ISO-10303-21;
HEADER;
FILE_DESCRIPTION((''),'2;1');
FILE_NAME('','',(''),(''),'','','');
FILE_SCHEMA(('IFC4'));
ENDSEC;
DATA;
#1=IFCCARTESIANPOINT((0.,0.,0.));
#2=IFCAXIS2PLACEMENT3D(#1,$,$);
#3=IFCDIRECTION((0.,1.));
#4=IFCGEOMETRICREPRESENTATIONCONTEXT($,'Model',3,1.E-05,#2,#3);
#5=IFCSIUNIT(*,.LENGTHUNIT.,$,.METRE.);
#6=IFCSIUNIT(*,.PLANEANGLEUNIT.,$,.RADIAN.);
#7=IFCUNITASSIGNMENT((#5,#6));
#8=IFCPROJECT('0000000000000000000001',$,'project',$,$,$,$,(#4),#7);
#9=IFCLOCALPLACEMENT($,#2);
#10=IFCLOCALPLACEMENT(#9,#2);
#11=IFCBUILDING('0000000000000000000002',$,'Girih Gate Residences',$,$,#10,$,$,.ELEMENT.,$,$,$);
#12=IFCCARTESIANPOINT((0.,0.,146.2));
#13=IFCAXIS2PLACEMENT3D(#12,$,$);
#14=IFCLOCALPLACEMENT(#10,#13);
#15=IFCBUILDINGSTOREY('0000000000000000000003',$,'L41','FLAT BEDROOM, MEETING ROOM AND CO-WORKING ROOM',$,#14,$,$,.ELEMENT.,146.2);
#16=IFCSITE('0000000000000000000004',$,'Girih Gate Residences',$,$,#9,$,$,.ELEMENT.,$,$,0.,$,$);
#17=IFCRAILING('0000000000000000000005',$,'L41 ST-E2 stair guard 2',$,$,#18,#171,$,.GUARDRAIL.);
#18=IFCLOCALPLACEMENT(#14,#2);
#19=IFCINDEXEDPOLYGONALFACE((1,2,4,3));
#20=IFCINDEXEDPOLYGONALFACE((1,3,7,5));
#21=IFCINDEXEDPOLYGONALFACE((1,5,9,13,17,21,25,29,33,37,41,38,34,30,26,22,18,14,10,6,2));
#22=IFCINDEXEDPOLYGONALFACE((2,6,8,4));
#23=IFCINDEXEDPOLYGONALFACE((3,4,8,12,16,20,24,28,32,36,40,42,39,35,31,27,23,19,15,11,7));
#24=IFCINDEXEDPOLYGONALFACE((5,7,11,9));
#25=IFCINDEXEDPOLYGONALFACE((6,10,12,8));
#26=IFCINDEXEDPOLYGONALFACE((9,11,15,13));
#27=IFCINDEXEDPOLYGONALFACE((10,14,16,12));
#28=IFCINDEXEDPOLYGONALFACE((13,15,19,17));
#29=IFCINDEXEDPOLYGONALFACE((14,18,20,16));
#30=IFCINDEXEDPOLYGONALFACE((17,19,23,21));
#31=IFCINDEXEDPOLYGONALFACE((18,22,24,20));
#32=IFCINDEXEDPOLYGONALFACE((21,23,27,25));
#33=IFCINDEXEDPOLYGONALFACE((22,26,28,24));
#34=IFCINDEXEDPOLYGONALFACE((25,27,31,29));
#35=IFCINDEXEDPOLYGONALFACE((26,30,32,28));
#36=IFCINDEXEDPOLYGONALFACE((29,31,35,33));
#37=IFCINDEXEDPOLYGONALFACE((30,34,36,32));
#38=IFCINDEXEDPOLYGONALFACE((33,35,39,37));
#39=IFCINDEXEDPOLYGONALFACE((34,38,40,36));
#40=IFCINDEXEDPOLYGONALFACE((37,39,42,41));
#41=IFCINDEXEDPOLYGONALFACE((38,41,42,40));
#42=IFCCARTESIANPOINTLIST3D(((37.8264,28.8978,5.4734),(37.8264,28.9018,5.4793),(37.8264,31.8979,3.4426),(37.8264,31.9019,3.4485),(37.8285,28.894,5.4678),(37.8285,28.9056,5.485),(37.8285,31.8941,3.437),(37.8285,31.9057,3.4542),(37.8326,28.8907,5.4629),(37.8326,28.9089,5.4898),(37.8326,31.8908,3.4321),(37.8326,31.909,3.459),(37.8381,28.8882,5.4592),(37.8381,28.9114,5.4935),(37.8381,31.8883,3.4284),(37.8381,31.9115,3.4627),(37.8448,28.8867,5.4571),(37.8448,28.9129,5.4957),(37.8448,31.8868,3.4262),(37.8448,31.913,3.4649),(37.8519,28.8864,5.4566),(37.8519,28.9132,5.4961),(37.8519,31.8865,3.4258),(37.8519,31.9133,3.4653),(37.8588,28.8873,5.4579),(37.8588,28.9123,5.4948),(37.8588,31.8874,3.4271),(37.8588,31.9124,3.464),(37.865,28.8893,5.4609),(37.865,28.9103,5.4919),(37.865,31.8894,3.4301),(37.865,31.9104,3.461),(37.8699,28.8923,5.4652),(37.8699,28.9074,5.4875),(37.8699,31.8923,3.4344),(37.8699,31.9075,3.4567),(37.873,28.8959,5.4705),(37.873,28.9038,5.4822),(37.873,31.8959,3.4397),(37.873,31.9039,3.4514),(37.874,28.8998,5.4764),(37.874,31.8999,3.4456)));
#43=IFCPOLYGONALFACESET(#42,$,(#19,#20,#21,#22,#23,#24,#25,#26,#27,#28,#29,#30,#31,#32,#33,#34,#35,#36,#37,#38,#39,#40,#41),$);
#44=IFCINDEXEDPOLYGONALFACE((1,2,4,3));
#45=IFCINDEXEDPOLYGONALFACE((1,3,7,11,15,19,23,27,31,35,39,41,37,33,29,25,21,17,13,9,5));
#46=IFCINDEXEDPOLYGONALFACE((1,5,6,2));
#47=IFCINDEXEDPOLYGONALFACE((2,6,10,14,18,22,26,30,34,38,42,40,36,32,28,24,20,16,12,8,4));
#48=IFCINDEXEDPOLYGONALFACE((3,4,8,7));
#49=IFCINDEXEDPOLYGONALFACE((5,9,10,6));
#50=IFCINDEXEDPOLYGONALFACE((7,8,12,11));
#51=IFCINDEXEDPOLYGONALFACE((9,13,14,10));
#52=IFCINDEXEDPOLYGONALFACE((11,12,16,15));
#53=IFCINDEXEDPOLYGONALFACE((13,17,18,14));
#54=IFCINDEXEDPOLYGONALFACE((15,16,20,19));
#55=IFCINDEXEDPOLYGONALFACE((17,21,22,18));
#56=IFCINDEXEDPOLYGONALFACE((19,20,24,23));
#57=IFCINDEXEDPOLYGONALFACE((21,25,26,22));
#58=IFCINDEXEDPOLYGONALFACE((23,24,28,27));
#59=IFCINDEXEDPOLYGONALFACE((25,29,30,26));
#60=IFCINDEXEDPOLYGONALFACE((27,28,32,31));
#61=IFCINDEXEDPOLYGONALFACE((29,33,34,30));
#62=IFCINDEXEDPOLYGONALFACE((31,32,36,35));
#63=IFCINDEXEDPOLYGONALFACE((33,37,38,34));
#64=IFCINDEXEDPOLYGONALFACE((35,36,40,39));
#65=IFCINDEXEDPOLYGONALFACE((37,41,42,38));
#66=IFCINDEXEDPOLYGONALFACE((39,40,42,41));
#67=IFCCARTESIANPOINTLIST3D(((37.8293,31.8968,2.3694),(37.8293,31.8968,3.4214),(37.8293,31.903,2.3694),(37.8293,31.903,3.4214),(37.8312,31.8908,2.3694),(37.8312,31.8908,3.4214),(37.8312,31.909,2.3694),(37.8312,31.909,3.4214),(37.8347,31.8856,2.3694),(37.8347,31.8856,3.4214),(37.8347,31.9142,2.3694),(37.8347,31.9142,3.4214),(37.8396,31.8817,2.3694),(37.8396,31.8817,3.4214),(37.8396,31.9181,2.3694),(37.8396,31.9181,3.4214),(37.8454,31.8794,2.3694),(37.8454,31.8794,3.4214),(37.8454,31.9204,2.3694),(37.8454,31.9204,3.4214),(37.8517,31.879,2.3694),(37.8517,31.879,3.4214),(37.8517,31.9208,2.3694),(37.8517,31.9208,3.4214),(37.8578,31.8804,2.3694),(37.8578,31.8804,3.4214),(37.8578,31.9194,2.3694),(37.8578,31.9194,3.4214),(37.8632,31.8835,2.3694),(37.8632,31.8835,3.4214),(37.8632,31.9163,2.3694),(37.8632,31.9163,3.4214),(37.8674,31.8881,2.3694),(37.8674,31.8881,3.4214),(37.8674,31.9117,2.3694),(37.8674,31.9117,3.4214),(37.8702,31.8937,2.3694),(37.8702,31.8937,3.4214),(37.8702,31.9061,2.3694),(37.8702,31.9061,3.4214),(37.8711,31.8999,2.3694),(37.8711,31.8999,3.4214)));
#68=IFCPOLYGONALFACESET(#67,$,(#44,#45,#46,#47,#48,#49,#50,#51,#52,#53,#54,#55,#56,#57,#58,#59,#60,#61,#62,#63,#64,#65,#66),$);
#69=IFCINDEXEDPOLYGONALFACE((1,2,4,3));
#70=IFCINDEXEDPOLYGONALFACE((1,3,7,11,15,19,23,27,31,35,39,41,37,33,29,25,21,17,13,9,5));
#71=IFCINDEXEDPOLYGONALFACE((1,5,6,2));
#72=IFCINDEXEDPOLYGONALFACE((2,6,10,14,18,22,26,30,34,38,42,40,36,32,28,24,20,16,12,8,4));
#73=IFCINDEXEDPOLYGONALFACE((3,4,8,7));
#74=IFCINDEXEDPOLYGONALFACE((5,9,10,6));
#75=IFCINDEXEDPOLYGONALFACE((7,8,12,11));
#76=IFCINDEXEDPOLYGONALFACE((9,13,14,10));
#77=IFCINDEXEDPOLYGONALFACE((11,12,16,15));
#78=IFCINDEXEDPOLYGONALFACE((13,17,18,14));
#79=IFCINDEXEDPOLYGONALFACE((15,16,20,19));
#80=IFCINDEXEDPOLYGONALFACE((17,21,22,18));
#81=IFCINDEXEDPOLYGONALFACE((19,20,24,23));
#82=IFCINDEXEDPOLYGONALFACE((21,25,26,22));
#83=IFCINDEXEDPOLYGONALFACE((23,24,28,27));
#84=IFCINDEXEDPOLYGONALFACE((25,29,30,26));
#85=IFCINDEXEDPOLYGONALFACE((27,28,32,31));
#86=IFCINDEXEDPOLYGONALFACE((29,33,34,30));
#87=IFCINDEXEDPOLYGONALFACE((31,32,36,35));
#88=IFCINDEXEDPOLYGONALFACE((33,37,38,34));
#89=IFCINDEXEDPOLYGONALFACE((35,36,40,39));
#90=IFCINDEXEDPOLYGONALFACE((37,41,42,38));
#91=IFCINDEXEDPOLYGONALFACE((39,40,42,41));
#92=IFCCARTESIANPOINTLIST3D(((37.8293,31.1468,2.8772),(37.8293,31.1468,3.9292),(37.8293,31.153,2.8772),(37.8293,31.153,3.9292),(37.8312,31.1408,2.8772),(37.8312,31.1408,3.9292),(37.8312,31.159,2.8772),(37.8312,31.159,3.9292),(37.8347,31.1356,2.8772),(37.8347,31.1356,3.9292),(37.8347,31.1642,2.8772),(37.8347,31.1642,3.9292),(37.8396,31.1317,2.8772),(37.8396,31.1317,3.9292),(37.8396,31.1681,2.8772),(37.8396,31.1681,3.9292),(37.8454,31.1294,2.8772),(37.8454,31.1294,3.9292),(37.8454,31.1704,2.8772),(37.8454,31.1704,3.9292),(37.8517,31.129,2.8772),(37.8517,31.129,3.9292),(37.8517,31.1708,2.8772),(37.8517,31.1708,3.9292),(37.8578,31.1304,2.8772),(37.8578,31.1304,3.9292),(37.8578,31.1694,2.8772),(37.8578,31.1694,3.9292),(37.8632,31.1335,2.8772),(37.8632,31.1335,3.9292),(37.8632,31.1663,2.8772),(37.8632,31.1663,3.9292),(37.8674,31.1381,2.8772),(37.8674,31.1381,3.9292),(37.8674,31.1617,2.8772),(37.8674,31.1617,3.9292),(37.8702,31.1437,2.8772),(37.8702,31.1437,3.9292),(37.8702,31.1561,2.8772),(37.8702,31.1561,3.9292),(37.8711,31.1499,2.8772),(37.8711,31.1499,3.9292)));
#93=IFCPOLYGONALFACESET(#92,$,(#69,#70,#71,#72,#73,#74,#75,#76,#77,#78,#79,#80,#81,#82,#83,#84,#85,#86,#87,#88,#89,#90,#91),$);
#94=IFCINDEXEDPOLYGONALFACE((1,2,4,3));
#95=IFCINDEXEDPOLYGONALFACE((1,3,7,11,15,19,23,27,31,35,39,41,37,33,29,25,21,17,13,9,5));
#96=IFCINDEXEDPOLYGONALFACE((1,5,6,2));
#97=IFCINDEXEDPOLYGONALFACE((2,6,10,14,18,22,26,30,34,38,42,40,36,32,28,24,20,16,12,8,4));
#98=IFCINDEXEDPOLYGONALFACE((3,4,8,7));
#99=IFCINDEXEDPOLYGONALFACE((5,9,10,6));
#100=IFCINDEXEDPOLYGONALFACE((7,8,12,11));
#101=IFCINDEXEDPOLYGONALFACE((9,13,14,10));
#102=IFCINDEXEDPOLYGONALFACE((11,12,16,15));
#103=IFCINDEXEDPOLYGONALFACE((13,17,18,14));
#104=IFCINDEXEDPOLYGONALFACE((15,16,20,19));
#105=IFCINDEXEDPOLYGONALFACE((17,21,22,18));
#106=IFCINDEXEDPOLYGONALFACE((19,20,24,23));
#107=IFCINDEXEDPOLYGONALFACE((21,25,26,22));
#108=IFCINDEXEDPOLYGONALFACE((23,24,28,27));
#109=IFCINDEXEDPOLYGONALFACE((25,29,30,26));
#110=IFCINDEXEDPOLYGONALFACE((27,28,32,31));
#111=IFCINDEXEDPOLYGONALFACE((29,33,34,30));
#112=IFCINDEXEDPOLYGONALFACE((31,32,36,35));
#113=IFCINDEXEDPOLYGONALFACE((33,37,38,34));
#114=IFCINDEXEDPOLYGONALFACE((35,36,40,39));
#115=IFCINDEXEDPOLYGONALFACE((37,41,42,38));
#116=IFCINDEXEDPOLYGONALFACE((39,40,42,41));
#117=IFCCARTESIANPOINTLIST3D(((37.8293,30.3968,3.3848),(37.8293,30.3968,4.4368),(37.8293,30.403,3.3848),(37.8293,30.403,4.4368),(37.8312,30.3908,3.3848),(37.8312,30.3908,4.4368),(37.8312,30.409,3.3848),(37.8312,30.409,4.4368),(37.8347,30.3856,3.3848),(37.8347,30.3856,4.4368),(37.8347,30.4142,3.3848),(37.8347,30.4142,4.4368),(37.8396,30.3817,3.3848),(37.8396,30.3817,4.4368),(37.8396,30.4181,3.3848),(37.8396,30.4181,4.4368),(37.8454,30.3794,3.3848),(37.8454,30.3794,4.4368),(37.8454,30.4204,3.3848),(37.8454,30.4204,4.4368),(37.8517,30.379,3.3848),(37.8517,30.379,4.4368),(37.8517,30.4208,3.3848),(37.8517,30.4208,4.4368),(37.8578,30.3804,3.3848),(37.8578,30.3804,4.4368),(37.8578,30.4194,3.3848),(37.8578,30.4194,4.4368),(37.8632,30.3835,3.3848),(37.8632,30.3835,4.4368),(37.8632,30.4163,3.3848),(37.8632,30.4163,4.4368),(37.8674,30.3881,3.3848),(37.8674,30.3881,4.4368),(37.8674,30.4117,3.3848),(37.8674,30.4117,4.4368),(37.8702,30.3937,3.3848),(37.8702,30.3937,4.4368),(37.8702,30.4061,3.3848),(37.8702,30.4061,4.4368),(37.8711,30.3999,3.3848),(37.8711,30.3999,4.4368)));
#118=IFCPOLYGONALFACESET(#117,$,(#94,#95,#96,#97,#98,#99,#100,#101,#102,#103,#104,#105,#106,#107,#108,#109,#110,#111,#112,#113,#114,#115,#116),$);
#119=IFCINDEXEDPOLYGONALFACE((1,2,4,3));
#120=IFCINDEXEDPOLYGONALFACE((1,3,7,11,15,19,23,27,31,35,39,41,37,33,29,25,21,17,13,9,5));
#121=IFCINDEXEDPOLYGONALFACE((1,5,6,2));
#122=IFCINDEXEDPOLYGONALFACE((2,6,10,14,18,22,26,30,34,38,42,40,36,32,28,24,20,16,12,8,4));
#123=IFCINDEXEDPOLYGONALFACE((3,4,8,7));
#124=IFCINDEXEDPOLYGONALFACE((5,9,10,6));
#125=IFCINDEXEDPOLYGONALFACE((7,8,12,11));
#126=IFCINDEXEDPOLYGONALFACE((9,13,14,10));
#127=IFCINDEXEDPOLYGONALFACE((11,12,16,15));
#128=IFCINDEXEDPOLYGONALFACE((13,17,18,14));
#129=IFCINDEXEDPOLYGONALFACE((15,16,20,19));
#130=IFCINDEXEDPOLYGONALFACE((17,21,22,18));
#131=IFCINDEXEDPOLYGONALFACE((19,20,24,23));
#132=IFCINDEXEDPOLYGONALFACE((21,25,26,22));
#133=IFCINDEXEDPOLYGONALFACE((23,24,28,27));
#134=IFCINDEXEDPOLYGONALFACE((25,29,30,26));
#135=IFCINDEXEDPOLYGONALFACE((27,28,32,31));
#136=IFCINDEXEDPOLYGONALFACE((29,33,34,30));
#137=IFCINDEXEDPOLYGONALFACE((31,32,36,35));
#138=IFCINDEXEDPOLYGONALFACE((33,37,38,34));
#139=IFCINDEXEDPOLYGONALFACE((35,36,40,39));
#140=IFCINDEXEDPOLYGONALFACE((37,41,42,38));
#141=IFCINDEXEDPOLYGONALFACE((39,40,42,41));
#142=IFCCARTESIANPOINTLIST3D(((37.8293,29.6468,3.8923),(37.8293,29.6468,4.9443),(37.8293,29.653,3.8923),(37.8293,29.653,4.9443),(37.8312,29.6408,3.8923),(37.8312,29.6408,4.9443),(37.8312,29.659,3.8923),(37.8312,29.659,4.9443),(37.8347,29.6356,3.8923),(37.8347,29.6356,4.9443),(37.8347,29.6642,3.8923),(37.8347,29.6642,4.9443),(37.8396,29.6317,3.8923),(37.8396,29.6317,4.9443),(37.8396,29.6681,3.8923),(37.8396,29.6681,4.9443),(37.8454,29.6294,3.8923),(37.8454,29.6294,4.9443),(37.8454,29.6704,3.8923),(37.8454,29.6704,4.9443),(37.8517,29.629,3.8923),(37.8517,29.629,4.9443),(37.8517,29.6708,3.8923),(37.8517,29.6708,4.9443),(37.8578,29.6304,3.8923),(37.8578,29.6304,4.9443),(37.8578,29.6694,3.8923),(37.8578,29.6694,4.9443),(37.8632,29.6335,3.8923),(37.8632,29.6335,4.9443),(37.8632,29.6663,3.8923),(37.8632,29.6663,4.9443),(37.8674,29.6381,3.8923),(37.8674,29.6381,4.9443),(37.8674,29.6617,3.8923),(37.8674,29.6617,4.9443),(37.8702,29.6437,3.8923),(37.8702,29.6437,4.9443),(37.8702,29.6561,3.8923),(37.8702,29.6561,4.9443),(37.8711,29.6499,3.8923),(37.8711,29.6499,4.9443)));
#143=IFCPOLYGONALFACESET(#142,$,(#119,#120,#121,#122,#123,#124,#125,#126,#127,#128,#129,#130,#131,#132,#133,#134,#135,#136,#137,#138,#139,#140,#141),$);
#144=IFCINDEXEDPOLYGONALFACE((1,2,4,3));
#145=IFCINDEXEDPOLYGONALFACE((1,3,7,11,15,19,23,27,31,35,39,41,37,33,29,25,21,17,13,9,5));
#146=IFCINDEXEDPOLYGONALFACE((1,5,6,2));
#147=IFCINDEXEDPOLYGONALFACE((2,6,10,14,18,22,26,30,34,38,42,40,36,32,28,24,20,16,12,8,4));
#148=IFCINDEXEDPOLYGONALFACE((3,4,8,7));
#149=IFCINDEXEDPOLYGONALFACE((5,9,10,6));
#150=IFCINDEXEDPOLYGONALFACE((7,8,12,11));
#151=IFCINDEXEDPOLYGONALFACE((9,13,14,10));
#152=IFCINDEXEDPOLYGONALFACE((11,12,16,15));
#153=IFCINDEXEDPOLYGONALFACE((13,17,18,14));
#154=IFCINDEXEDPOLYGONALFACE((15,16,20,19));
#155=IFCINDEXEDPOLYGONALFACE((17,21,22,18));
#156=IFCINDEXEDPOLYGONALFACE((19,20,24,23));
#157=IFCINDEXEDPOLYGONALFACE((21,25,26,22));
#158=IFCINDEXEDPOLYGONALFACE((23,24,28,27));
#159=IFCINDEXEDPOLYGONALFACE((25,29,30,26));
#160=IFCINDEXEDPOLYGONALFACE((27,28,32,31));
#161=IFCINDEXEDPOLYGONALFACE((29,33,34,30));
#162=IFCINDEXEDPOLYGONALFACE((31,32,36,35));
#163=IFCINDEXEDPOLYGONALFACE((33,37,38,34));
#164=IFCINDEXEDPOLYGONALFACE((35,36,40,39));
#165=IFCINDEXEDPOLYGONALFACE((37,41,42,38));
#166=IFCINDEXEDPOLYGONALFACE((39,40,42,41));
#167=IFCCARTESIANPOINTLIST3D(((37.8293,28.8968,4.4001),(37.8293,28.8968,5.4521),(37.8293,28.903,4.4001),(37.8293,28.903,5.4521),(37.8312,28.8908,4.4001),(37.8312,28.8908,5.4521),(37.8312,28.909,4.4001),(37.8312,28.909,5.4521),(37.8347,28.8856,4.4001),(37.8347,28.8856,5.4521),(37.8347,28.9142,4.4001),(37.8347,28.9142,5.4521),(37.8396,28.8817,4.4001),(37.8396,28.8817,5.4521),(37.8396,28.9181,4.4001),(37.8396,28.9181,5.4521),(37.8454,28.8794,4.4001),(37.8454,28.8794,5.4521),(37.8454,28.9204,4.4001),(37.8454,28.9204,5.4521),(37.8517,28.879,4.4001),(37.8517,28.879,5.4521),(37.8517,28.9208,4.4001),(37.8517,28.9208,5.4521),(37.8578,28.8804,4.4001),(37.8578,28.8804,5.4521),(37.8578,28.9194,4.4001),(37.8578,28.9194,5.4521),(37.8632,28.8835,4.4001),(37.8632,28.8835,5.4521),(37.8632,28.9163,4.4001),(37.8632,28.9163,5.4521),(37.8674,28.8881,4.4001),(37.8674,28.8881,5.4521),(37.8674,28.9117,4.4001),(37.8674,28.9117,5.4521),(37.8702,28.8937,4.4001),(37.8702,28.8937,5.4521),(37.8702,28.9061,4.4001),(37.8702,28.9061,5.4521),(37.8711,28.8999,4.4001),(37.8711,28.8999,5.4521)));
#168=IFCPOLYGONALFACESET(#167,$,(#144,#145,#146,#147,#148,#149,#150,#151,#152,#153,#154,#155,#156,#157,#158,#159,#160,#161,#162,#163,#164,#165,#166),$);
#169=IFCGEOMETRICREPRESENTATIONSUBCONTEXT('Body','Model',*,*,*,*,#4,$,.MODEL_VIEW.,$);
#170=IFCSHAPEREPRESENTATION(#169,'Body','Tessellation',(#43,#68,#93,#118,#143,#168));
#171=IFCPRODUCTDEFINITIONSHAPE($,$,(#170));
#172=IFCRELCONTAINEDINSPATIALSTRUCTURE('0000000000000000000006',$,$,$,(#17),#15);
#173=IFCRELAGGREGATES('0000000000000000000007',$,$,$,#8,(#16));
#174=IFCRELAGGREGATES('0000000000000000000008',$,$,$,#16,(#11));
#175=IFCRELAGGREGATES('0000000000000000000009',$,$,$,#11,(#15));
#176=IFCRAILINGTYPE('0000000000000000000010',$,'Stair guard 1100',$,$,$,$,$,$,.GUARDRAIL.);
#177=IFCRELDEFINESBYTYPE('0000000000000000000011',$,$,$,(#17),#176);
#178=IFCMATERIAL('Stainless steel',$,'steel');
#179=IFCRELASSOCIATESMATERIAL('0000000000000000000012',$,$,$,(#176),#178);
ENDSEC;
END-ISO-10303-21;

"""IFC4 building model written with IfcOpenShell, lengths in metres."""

from ifc_helpers import new_model, si_unit, direction, frame, origin, origin_2d, place, context, subcontext, project, spatial, circle, extrude, material, type_object, element, save


model = new_model("IFC4")

# Units and contexts
model_context = context("Model", 3, precision=1e-05, world=origin(), true_north=direction((0.0, 1.0)))
body_context = subcontext(model_context, "Body", "Model", "MODEL_VIEW")
ifc_project = project(units=[si_unit("LENGTHUNIT", "METRE"), si_unit("PLANEANGLEUNIT", "RADIAN")], contexts=[model_context])

# Site, building, storey
site_placement = place(None, origin())
site = spatial("IfcSite", under=ifc_project, at=site_placement, Name="Girih Gate Residences", CompositionType="ELEMENT", RefElevation=0.0)
building_placement = place(site_placement, origin())
building = spatial("IfcBuilding", under=site, at=building_placement, Name="Girih Gate Residences", CompositionType="ELEMENT")
storey_placement = place(building_placement, frame((0.0, 0.0, 146.2)))
storey = spatial("IfcBuildingStorey", under=building, at=storey_placement, Name="L41", Description="FLAT BEDROOM, MEETING ROOM AND CO-WORKING ROOM", CompositionType="ELEMENT", Elevation=146.2)

# Shared definitions
ifc_material_1 = material(Name="Stainless steel", Category="steel")

# Railing
railing_type_1 = type_object("IfcRailingType", Name="Stair guard 1100", PredefinedType="GUARDRAIL", material=ifc_material_1)
railing_1_placement = place(storey_placement, frame((37.8501, 31.8999, 2.3694)))
element("IfcRailing", 1, at=railing_1_placement, inside=storey, type_object=railing_type_1, Name="L41 ST-E2 stair guard 2", PredefinedType="GUARDRAIL", context=body_context, shape_type="SweptSolid", body=[
    extrude(circle(Radius=0.0239, at=origin_2d()), frame((0.0, 0.0, 1.0762), z_axis=(0.0, -0.82811, 0.560565), x_axis=(1.0, 0.0, 0.0)), (0.0, 0.0, 1.0), 3.6228),
    extrude(circle(Radius=0.021, at=origin_2d()), origin(), (0.0, 0.0, 1.0), 1.052),
    extrude(circle(Radius=0.021, at=origin_2d()), frame((0.0, -0.75, 0.5078)), (0.0, 0.0, 1.0), 1.052),
    extrude(circle(Radius=0.021, at=origin_2d()), frame((0.0, -1.5, 1.0154)), (0.0, 0.0, 1.0), 1.052),
    extrude(circle(Radius=0.021, at=origin_2d()), frame((0.0, -2.25, 1.5229)), (0.0, 0.0, 1.0), 1.052),
    extrude(circle(Radius=0.021, at=origin_2d()), frame((0.0, -3.0, 2.0308)), (0.0, 0.0, 1.0), 1.052),
])

save(model, "model.ifc")
